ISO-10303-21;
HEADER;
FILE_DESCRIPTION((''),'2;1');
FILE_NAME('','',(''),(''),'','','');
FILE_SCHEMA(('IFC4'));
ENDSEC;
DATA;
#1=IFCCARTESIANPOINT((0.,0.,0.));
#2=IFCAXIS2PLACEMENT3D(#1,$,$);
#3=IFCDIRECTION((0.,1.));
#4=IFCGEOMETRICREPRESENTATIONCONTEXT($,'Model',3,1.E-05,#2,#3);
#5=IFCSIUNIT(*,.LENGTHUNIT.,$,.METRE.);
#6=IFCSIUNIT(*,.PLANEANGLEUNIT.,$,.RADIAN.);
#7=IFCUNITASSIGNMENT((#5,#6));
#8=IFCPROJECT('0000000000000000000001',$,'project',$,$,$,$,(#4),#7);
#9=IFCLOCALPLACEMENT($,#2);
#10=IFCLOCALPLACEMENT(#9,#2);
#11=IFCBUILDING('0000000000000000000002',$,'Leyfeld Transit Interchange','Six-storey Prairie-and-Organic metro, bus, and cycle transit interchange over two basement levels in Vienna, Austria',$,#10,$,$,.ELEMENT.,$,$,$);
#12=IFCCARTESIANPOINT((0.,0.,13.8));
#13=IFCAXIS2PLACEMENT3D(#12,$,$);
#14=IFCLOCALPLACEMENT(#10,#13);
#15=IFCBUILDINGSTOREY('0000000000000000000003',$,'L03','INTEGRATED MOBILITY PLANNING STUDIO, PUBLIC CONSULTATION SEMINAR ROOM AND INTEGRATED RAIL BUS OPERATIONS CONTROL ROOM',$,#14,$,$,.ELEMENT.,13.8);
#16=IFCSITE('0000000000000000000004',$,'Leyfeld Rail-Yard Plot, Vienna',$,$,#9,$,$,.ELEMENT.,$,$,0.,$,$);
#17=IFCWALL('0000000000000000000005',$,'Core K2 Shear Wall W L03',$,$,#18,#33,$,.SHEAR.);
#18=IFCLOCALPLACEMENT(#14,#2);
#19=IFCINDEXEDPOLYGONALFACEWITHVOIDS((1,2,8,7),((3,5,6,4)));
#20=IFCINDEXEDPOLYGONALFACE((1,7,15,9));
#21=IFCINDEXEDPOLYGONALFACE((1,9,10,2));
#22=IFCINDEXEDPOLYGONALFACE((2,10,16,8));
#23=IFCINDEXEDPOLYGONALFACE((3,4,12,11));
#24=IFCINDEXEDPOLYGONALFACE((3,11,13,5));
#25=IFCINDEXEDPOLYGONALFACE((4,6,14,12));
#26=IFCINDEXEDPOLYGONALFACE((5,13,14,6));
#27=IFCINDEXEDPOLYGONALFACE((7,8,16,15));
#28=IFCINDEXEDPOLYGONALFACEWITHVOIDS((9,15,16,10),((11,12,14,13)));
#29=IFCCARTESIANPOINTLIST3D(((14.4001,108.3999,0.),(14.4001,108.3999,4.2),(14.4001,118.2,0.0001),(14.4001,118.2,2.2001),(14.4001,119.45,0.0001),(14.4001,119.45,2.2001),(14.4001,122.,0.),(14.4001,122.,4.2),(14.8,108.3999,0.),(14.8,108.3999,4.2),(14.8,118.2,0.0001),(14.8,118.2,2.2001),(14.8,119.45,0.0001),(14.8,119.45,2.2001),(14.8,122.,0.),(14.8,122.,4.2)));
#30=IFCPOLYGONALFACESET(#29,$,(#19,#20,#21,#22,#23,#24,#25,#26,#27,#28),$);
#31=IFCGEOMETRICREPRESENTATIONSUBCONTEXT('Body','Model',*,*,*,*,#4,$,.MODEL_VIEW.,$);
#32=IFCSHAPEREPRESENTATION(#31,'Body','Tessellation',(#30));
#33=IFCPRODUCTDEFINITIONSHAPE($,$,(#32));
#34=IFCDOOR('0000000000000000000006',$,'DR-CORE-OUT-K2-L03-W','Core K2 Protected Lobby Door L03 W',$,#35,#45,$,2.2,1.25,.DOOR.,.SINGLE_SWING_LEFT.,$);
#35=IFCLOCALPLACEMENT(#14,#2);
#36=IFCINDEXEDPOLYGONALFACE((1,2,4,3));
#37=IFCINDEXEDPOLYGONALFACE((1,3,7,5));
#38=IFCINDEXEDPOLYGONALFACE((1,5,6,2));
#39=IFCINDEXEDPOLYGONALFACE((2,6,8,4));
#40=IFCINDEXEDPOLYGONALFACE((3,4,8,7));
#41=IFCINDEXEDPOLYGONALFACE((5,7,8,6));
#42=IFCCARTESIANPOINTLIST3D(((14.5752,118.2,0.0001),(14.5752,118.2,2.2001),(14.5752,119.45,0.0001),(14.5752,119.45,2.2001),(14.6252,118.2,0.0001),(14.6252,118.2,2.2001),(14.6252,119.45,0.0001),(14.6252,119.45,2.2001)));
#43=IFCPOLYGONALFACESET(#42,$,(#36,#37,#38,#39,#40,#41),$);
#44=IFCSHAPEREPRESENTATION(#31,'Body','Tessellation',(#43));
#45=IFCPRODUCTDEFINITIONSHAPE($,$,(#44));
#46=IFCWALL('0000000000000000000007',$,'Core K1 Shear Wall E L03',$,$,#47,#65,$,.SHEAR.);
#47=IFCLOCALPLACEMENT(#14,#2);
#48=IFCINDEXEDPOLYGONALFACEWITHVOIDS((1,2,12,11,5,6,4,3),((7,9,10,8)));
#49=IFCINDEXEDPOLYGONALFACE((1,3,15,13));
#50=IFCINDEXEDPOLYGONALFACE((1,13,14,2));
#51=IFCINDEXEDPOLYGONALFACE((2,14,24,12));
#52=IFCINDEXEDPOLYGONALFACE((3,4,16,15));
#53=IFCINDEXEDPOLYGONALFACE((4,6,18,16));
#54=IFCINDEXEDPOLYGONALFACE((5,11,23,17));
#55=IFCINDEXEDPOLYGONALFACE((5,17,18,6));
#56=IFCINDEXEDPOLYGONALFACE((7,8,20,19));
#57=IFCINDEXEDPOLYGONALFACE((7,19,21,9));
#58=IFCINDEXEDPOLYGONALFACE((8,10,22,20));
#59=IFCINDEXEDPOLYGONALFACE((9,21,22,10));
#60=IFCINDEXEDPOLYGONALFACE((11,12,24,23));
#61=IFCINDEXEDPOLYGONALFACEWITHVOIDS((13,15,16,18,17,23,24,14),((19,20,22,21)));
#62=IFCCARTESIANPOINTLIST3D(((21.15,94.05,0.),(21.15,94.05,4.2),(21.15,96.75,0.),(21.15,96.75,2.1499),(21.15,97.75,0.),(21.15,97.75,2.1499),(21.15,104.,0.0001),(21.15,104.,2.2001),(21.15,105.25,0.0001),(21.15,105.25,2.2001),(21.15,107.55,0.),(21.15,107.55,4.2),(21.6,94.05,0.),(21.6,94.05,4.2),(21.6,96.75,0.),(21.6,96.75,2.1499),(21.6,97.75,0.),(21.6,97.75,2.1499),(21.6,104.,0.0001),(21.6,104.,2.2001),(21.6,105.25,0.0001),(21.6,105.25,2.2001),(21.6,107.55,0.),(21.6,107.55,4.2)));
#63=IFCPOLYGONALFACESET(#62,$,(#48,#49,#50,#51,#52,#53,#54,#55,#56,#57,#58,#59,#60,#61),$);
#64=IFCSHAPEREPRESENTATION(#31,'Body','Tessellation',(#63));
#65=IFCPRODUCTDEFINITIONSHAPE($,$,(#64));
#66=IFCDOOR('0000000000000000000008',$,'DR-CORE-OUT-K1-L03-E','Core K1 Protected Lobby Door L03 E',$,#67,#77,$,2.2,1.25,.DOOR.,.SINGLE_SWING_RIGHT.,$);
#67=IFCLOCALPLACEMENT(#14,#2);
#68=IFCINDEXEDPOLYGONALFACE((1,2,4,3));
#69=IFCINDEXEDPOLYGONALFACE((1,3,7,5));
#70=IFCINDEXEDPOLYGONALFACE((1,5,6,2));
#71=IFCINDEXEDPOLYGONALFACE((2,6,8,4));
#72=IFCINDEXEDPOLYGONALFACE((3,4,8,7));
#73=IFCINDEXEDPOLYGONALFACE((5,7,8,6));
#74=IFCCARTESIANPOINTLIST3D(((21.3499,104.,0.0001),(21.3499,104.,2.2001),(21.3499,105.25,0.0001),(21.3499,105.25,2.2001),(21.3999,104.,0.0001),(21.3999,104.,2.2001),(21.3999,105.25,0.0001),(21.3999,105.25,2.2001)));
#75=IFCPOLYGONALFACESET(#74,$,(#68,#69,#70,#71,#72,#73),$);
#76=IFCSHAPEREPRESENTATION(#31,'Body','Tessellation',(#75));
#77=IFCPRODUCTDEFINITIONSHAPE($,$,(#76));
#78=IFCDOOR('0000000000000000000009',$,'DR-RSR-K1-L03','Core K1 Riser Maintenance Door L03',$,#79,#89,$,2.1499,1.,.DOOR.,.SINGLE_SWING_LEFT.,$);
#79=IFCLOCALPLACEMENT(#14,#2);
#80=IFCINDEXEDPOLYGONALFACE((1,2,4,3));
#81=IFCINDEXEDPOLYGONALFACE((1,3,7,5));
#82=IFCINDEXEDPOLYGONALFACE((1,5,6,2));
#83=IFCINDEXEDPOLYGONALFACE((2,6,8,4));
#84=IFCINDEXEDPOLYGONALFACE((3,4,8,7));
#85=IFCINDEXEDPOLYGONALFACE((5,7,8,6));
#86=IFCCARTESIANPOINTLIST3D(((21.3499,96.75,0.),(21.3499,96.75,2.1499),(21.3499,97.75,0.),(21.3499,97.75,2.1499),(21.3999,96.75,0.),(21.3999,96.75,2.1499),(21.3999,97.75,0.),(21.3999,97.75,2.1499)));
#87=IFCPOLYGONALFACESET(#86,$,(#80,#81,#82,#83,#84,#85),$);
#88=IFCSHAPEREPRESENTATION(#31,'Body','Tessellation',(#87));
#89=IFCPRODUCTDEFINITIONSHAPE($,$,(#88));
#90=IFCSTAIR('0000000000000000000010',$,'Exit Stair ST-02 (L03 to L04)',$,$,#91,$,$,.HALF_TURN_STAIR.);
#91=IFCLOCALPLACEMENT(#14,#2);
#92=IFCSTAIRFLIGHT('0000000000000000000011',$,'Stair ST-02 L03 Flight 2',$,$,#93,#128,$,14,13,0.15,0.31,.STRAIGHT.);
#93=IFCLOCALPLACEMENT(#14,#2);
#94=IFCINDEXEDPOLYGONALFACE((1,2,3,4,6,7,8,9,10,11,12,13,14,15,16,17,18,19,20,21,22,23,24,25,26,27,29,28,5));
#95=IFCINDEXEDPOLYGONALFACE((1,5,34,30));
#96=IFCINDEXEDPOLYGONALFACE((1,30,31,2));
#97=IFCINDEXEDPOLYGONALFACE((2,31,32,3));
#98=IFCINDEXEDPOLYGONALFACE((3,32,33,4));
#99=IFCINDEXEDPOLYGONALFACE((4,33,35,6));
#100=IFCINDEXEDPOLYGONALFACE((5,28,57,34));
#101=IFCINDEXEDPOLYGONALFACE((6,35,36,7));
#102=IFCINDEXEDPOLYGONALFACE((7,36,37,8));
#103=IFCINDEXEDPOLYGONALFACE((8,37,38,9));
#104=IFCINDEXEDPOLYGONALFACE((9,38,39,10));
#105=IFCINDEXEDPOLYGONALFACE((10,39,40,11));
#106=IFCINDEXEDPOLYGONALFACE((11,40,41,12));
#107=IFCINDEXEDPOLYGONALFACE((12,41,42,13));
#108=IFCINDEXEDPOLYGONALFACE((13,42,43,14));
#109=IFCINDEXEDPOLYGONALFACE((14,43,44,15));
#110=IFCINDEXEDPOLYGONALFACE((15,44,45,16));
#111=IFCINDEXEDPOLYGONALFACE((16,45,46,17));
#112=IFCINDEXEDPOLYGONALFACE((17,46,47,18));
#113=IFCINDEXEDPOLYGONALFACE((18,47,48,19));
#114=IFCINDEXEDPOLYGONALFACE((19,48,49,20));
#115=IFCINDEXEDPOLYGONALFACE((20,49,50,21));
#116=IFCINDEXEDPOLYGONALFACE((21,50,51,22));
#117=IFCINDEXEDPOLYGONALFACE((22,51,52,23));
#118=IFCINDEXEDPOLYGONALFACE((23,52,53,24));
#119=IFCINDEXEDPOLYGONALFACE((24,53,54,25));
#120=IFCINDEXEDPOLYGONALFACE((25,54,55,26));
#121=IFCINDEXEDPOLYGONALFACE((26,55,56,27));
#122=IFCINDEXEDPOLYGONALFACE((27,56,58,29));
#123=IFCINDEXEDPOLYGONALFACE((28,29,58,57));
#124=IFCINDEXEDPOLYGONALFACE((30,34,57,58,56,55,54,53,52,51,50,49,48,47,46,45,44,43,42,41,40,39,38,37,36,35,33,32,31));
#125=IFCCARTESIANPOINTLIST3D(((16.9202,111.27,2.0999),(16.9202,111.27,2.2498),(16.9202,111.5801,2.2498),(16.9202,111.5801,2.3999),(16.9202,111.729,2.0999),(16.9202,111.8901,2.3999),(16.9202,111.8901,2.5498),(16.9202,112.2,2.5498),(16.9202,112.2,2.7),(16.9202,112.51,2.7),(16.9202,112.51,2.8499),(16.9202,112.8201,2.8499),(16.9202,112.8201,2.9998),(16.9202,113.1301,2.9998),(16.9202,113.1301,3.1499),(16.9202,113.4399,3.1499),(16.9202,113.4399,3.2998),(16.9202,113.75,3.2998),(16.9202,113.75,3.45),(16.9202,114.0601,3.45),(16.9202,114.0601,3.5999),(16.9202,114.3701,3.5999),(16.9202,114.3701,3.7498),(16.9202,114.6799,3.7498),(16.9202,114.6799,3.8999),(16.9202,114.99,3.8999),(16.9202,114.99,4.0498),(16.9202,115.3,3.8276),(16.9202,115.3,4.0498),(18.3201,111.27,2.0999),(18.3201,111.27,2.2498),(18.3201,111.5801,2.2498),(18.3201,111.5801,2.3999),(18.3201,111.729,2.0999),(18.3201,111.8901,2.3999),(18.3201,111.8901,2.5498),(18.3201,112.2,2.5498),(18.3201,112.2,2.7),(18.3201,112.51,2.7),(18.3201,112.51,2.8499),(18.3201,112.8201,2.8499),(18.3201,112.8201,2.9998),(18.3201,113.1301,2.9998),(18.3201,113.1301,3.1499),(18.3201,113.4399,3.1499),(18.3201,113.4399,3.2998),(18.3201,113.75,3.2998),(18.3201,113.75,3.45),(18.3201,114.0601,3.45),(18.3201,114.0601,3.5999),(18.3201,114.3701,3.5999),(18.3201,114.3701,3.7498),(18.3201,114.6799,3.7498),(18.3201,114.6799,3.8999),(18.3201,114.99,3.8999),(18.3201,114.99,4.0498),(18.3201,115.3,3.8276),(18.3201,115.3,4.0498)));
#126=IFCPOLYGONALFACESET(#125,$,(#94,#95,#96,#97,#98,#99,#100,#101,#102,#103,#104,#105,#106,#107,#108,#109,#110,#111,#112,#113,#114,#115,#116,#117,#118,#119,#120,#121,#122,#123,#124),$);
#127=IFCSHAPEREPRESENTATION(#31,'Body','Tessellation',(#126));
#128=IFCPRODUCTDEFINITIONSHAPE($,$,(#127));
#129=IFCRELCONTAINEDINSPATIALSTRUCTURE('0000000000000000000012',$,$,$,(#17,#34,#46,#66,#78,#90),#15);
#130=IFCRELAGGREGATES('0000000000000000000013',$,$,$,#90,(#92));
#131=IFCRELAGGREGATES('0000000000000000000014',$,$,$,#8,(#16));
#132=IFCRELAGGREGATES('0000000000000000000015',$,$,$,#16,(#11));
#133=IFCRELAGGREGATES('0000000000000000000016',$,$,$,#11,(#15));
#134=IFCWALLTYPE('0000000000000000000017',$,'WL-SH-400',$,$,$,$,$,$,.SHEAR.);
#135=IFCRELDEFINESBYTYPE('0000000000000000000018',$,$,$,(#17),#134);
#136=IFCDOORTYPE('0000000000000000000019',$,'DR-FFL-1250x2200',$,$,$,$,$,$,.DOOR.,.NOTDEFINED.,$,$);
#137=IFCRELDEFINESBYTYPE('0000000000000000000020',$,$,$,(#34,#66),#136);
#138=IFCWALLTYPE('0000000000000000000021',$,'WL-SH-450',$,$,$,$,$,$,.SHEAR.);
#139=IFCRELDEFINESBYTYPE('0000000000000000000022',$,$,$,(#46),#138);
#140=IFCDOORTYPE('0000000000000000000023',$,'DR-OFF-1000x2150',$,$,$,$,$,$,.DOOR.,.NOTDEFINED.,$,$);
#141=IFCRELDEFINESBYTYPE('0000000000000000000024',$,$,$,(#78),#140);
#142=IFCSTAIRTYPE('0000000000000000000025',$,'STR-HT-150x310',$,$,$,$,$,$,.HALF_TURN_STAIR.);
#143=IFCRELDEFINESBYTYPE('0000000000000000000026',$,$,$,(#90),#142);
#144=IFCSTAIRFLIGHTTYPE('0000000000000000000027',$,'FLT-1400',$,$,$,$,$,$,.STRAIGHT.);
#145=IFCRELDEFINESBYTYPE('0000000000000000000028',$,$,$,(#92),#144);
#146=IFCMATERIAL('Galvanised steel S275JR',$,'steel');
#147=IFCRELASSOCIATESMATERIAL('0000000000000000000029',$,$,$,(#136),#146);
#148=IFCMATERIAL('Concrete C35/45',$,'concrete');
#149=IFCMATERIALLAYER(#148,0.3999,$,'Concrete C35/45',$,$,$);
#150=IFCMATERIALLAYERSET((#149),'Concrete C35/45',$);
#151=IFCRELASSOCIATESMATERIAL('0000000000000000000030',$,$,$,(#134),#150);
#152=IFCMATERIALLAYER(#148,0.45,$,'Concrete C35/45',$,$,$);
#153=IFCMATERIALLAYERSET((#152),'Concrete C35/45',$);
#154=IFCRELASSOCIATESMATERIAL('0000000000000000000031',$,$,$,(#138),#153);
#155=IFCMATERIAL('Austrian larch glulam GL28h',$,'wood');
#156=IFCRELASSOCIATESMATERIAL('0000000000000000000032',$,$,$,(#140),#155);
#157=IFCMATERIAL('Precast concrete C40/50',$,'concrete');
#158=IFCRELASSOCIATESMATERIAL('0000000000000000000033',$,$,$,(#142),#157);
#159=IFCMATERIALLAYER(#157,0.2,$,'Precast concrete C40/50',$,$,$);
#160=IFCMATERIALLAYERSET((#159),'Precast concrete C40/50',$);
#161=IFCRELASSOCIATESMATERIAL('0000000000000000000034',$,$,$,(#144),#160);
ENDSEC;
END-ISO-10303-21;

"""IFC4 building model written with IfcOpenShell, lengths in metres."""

from ifc_helpers import new_model, si_unit, direction, frame, frame_2d, origin, place, context, subcontext, project, spatial, polyline, rectangle, outline, extrude, material, layer, layer_set, type_object, element, fill, aggregate, save


model = new_model("IFC4")

# Units and contexts
model_context = context("Model", 3, precision=1e-05, world=origin(), true_north=direction((0.0, 1.0)))
body_context = subcontext(model_context, "Body", "Model", "MODEL_VIEW")
ifc_project = project(units=[si_unit("LENGTHUNIT", "METRE"), si_unit("PLANEANGLEUNIT", "RADIAN")], contexts=[model_context])

# Site, building, storey
site_placement = place(None, origin())
site = spatial("IfcSite", under=ifc_project, at=site_placement, Name="Leyfeld Rail-Yard Plot, Vienna", CompositionType="ELEMENT", RefElevation=0.0)
building_placement = place(site_placement, origin())
building = spatial("IfcBuilding", under=site, at=building_placement, Name="Leyfeld Transit Interchange", Description="Six-storey Prairie-and-Organic metro, bus, and cycle transit interchange over two basement levels in Vienna, Austria", CompositionType="ELEMENT")
storey_placement = place(building_placement, frame((0.0, 0.0, 13.8)))
storey = spatial("IfcBuildingStorey", under=building, at=storey_placement, Name="L03", Description="INTEGRATED MOBILITY PLANNING STUDIO, PUBLIC CONSULTATION SEMINAR ROOM AND INTEGRATED RAIL BUS OPERATIONS CONTROL ROOM", CompositionType="ELEMENT", Elevation=13.8)

# Shared definitions
ifc_material_1 = material(Name="Concrete C35/45", Category="concrete")

# Shared definitions
ifc_material_2 = material(Name="Galvanised steel S275JR", Category="steel")
door_type_1 = type_object("IfcDoorType", Name="DR-FFL-1250x2200", OperationType="NOTDEFINED", PredefinedType="DOOR", material=ifc_material_2)

# Shared definitions
ifc_layer_1 = layer(ifc_material_1, 0.3999, Name="Concrete C35/45")
ifc_layer_set_1 = layer_set([ifc_layer_1], Name="Concrete C35/45")
wall_type_1 = type_object("IfcWallType", Name="WL-SH-400", PredefinedType="SHEAR", material=ifc_layer_set_1)

# Wall, opening, door
wall_1_placement = place(storey_placement, frame((14.6001, 108.3999, 0.0), z_axis=(0.0, 0.0, 1.0), x_axis=(0.0, 1.0, 0.0)))
wall_1 = element("IfcWall", 1, at=wall_1_placement, inside=storey, type_object=wall_type_1, Name="Core K2 Shear Wall W L03", PredefinedType="SHEAR", context=body_context, shape_type="SweptSolid", body=[
    extrude(rectangle(XDim=13.6001, YDim=0.3999, at=frame_2d((6.8, 0.0))), origin(), (0.0, 0.0, 1.0), 4.2),
])
opening_1_placement = place(wall_1_placement, frame((9.8, 0.0, 0.0)))
opening_1 = element("IfcOpeningElement", 2, at=opening_1_placement, cuts=wall_1, PredefinedType="OPENING", context=body_context, shape_type="SweptSolid", body=[
    extrude(rectangle(XDim=1.25, YDim=2.2, at=frame_2d((0.625, 1.1001))), frame((0.0, 0.21, 0.0), z_axis=(0.0, -1.0, 0.0), x_axis=(1.0, 0.0, 0.0)), (0.0, 0.0, 1.0), 0.4199),
])
door_1_placement = place(opening_1_placement, origin())
door_1 = element("IfcDoor", 3, at=door_1_placement, inside=storey, type_object=door_type_1, Name="DR-CORE-OUT-K2-L03-W", Description="Core K2 Protected Lobby Door L03 W", OperationType="SINGLE_SWING_LEFT", OverallHeight=2.2, OverallWidth=1.25, PredefinedType="DOOR", context=body_context, shape_type="SweptSolid", body=[
    extrude(rectangle(XDim=1.25, YDim=2.2, at=frame_2d((0.625, 1.1001))), frame((0.0, 0.0249, 0.0), z_axis=(0.0, -1.0, 0.0), x_axis=(1.0, 0.0, 0.0)), (0.0, 0.0, 1.0), 0.05),
])
fill(opening_1, door_1)

# Wall, openings, doors
ifc_layer_2 = layer(ifc_material_1, 0.45, Name="Concrete C35/45")
ifc_layer_set_2 = layer_set([ifc_layer_2], Name="Concrete C35/45")
wall_type_2 = type_object("IfcWallType", Name="WL-SH-450", PredefinedType="SHEAR", material=ifc_layer_set_2)
wall_2_placement = place(storey_placement, frame((21.375, 107.55, 0.0), z_axis=(0.0, 0.0, 1.0), x_axis=(0.0, -1.0, 0.0)))
wall_2 = element("IfcWall", 4, at=wall_2_placement, inside=storey, type_object=wall_type_2, Name="Core K1 Shear Wall E L03", PredefinedType="SHEAR", context=body_context, shape_type="SweptSolid", body=[
    extrude(rectangle(XDim=13.5, YDim=0.45, at=frame_2d((6.75, 0.0))), origin(), (0.0, 0.0, 1.0), 4.2),
])
opening_2_placement = place(wall_2_placement, frame((9.8, 0.0, 0.0)))
opening_2 = element("IfcOpeningElement", 5, at=opening_2_placement, cuts=wall_2, PredefinedType="OPENING", context=body_context, shape_type="SweptSolid", body=[
    extrude(rectangle(XDim=1.0, YDim=2.1499, at=frame_2d((0.5, 1.075))), frame((0.0, 0.2349, 0.0), z_axis=(0.0, -1.0, 0.0), x_axis=(1.0, 0.0, 0.0)), (0.0, 0.0, 1.0), 0.47),
])
opening_3_placement = place(wall_2_placement, frame((2.3, 0.0, 0.0)))
opening_3 = element("IfcOpeningElement", 6, at=opening_3_placement, cuts=wall_2, PredefinedType="OPENING", context=body_context, shape_type="SweptSolid", body=[
    extrude(rectangle(XDim=1.25, YDim=2.2, at=frame_2d((0.625, 1.1001))), frame((0.0, 0.2349, 0.0), z_axis=(0.0, -1.0, 0.0), x_axis=(1.0, 0.0, 0.0)), (0.0, 0.0, 1.0), 0.47),
])
door_2_placement = place(opening_3_placement, origin())
door_2 = element("IfcDoor", 7, at=door_2_placement, inside=storey, type_object=door_type_1, Name="DR-CORE-OUT-K1-L03-E", Description="Core K1 Protected Lobby Door L03 E", OperationType="SINGLE_SWING_RIGHT", OverallHeight=2.2, OverallWidth=1.25, PredefinedType="DOOR", context=body_context, shape_type="SweptSolid", body=[
    extrude(rectangle(XDim=1.25, YDim=2.2, at=frame_2d((0.625, 1.1001))), frame((0.0, 0.0249, 0.0), z_axis=(0.0, -1.0, 0.0), x_axis=(1.0, 0.0, 0.0)), (0.0, 0.0, 1.0), 0.05),
])
fill(opening_3, door_2)
ifc_material_3 = material(Name="Austrian larch glulam GL28h", Category="wood")
door_type_2 = type_object("IfcDoorType", Name="DR-OFF-1000x2150", OperationType="NOTDEFINED", PredefinedType="DOOR", material=ifc_material_3)
door_3_placement = place(opening_2_placement, origin())
door_3 = element("IfcDoor", 8, at=door_3_placement, inside=storey, type_object=door_type_2, Name="DR-RSR-K1-L03", Description="Core K1 Riser Maintenance Door L03", OperationType="SINGLE_SWING_LEFT", OverallHeight=2.1499, OverallWidth=1.0, PredefinedType="DOOR", context=body_context, shape_type="SweptSolid", body=[
    extrude(rectangle(XDim=1.0, YDim=2.1499, at=frame_2d((0.5, 1.075))), frame((0.0, 0.0249, 0.0), z_axis=(0.0, -1.0, 0.0), x_axis=(1.0, 0.0, 0.0)), (0.0, 0.0, 1.0), 0.05),
])
fill(opening_2, door_3)

# Stair, stair flight
ifc_material_4 = material(Name="Precast concrete C40/50", Category="concrete")
stair_type = type_object("IfcStairType", Name="STR-HT-150x310", PredefinedType="HALF_TURN_STAIR", material=ifc_material_4)
stair_placement = place(storey_placement, origin())
stair = element("IfcStair", 9, at=stair_placement, inside=storey, type_object=stair_type, Name="Exit Stair ST-02 (L03 to L04)", PredefinedType="HALF_TURN_STAIR")
ifc_layer_3 = layer(ifc_material_4, 0.2, Name="Precast concrete C40/50")
ifc_layer_set_3 = layer_set([ifc_layer_3], Name="Precast concrete C40/50")
stair_flight_type = type_object("IfcStairFlightType", Name="FLT-1400", PredefinedType="STRAIGHT", material=ifc_layer_set_3)
stair_flight_placement = place(storey_placement, frame((17.6201, 111.27, 2.0999), z_axis=(0.0, 0.0, 1.0), x_axis=(0.0, 1.0, 0.0)))
stair_flight = element("IfcStairFlight", 10, at=stair_flight_placement, type_object=stair_flight_type, Name="Stair ST-02 L03 Flight 2", NumberOfRisers=14, NumberOfTreads=13, PredefinedType="STRAIGHT", RiserHeight=0.15, TreadLength=0.31, context=body_context, shape_type="SweptSolid", body=[
    extrude(outline(polyline([(0.0, 0.0), (0.0, 0.1499), (0.3101, 0.1499), (0.3101, 0.3), (0.6201, 0.3), (0.6201, 0.45), (0.9299, 0.45), (0.9299, 0.6001), (1.24, 0.6001), (1.24, 0.75), (1.55, 0.75), (1.55, 0.8999), (1.8601, 0.8999), (1.8601, 1.05), (2.1699, 1.05), (2.1699, 1.2), (2.48, 1.2), (2.48, 1.3501), (2.79, 1.3501), (2.79, 1.5), (3.1001, 1.5), (3.1001, 1.6499), (3.4099, 1.6499), (3.4099, 1.8), (3.72, 1.8), (3.72, 1.95), (4.03, 1.95), (4.03, 2.1001), (4.03, 1.7278), (0.459, 0.0), (0.0, 0.0)])), frame((0.0, 0.7, 0.0), z_axis=(0.0, -1.0, 0.0), x_axis=(1.0, 0.0, 0.0)), (0.0, 0.0, 1.0), 1.3999),
])
aggregate(stair, [stair_flight])

save(model, "model.ifc")
